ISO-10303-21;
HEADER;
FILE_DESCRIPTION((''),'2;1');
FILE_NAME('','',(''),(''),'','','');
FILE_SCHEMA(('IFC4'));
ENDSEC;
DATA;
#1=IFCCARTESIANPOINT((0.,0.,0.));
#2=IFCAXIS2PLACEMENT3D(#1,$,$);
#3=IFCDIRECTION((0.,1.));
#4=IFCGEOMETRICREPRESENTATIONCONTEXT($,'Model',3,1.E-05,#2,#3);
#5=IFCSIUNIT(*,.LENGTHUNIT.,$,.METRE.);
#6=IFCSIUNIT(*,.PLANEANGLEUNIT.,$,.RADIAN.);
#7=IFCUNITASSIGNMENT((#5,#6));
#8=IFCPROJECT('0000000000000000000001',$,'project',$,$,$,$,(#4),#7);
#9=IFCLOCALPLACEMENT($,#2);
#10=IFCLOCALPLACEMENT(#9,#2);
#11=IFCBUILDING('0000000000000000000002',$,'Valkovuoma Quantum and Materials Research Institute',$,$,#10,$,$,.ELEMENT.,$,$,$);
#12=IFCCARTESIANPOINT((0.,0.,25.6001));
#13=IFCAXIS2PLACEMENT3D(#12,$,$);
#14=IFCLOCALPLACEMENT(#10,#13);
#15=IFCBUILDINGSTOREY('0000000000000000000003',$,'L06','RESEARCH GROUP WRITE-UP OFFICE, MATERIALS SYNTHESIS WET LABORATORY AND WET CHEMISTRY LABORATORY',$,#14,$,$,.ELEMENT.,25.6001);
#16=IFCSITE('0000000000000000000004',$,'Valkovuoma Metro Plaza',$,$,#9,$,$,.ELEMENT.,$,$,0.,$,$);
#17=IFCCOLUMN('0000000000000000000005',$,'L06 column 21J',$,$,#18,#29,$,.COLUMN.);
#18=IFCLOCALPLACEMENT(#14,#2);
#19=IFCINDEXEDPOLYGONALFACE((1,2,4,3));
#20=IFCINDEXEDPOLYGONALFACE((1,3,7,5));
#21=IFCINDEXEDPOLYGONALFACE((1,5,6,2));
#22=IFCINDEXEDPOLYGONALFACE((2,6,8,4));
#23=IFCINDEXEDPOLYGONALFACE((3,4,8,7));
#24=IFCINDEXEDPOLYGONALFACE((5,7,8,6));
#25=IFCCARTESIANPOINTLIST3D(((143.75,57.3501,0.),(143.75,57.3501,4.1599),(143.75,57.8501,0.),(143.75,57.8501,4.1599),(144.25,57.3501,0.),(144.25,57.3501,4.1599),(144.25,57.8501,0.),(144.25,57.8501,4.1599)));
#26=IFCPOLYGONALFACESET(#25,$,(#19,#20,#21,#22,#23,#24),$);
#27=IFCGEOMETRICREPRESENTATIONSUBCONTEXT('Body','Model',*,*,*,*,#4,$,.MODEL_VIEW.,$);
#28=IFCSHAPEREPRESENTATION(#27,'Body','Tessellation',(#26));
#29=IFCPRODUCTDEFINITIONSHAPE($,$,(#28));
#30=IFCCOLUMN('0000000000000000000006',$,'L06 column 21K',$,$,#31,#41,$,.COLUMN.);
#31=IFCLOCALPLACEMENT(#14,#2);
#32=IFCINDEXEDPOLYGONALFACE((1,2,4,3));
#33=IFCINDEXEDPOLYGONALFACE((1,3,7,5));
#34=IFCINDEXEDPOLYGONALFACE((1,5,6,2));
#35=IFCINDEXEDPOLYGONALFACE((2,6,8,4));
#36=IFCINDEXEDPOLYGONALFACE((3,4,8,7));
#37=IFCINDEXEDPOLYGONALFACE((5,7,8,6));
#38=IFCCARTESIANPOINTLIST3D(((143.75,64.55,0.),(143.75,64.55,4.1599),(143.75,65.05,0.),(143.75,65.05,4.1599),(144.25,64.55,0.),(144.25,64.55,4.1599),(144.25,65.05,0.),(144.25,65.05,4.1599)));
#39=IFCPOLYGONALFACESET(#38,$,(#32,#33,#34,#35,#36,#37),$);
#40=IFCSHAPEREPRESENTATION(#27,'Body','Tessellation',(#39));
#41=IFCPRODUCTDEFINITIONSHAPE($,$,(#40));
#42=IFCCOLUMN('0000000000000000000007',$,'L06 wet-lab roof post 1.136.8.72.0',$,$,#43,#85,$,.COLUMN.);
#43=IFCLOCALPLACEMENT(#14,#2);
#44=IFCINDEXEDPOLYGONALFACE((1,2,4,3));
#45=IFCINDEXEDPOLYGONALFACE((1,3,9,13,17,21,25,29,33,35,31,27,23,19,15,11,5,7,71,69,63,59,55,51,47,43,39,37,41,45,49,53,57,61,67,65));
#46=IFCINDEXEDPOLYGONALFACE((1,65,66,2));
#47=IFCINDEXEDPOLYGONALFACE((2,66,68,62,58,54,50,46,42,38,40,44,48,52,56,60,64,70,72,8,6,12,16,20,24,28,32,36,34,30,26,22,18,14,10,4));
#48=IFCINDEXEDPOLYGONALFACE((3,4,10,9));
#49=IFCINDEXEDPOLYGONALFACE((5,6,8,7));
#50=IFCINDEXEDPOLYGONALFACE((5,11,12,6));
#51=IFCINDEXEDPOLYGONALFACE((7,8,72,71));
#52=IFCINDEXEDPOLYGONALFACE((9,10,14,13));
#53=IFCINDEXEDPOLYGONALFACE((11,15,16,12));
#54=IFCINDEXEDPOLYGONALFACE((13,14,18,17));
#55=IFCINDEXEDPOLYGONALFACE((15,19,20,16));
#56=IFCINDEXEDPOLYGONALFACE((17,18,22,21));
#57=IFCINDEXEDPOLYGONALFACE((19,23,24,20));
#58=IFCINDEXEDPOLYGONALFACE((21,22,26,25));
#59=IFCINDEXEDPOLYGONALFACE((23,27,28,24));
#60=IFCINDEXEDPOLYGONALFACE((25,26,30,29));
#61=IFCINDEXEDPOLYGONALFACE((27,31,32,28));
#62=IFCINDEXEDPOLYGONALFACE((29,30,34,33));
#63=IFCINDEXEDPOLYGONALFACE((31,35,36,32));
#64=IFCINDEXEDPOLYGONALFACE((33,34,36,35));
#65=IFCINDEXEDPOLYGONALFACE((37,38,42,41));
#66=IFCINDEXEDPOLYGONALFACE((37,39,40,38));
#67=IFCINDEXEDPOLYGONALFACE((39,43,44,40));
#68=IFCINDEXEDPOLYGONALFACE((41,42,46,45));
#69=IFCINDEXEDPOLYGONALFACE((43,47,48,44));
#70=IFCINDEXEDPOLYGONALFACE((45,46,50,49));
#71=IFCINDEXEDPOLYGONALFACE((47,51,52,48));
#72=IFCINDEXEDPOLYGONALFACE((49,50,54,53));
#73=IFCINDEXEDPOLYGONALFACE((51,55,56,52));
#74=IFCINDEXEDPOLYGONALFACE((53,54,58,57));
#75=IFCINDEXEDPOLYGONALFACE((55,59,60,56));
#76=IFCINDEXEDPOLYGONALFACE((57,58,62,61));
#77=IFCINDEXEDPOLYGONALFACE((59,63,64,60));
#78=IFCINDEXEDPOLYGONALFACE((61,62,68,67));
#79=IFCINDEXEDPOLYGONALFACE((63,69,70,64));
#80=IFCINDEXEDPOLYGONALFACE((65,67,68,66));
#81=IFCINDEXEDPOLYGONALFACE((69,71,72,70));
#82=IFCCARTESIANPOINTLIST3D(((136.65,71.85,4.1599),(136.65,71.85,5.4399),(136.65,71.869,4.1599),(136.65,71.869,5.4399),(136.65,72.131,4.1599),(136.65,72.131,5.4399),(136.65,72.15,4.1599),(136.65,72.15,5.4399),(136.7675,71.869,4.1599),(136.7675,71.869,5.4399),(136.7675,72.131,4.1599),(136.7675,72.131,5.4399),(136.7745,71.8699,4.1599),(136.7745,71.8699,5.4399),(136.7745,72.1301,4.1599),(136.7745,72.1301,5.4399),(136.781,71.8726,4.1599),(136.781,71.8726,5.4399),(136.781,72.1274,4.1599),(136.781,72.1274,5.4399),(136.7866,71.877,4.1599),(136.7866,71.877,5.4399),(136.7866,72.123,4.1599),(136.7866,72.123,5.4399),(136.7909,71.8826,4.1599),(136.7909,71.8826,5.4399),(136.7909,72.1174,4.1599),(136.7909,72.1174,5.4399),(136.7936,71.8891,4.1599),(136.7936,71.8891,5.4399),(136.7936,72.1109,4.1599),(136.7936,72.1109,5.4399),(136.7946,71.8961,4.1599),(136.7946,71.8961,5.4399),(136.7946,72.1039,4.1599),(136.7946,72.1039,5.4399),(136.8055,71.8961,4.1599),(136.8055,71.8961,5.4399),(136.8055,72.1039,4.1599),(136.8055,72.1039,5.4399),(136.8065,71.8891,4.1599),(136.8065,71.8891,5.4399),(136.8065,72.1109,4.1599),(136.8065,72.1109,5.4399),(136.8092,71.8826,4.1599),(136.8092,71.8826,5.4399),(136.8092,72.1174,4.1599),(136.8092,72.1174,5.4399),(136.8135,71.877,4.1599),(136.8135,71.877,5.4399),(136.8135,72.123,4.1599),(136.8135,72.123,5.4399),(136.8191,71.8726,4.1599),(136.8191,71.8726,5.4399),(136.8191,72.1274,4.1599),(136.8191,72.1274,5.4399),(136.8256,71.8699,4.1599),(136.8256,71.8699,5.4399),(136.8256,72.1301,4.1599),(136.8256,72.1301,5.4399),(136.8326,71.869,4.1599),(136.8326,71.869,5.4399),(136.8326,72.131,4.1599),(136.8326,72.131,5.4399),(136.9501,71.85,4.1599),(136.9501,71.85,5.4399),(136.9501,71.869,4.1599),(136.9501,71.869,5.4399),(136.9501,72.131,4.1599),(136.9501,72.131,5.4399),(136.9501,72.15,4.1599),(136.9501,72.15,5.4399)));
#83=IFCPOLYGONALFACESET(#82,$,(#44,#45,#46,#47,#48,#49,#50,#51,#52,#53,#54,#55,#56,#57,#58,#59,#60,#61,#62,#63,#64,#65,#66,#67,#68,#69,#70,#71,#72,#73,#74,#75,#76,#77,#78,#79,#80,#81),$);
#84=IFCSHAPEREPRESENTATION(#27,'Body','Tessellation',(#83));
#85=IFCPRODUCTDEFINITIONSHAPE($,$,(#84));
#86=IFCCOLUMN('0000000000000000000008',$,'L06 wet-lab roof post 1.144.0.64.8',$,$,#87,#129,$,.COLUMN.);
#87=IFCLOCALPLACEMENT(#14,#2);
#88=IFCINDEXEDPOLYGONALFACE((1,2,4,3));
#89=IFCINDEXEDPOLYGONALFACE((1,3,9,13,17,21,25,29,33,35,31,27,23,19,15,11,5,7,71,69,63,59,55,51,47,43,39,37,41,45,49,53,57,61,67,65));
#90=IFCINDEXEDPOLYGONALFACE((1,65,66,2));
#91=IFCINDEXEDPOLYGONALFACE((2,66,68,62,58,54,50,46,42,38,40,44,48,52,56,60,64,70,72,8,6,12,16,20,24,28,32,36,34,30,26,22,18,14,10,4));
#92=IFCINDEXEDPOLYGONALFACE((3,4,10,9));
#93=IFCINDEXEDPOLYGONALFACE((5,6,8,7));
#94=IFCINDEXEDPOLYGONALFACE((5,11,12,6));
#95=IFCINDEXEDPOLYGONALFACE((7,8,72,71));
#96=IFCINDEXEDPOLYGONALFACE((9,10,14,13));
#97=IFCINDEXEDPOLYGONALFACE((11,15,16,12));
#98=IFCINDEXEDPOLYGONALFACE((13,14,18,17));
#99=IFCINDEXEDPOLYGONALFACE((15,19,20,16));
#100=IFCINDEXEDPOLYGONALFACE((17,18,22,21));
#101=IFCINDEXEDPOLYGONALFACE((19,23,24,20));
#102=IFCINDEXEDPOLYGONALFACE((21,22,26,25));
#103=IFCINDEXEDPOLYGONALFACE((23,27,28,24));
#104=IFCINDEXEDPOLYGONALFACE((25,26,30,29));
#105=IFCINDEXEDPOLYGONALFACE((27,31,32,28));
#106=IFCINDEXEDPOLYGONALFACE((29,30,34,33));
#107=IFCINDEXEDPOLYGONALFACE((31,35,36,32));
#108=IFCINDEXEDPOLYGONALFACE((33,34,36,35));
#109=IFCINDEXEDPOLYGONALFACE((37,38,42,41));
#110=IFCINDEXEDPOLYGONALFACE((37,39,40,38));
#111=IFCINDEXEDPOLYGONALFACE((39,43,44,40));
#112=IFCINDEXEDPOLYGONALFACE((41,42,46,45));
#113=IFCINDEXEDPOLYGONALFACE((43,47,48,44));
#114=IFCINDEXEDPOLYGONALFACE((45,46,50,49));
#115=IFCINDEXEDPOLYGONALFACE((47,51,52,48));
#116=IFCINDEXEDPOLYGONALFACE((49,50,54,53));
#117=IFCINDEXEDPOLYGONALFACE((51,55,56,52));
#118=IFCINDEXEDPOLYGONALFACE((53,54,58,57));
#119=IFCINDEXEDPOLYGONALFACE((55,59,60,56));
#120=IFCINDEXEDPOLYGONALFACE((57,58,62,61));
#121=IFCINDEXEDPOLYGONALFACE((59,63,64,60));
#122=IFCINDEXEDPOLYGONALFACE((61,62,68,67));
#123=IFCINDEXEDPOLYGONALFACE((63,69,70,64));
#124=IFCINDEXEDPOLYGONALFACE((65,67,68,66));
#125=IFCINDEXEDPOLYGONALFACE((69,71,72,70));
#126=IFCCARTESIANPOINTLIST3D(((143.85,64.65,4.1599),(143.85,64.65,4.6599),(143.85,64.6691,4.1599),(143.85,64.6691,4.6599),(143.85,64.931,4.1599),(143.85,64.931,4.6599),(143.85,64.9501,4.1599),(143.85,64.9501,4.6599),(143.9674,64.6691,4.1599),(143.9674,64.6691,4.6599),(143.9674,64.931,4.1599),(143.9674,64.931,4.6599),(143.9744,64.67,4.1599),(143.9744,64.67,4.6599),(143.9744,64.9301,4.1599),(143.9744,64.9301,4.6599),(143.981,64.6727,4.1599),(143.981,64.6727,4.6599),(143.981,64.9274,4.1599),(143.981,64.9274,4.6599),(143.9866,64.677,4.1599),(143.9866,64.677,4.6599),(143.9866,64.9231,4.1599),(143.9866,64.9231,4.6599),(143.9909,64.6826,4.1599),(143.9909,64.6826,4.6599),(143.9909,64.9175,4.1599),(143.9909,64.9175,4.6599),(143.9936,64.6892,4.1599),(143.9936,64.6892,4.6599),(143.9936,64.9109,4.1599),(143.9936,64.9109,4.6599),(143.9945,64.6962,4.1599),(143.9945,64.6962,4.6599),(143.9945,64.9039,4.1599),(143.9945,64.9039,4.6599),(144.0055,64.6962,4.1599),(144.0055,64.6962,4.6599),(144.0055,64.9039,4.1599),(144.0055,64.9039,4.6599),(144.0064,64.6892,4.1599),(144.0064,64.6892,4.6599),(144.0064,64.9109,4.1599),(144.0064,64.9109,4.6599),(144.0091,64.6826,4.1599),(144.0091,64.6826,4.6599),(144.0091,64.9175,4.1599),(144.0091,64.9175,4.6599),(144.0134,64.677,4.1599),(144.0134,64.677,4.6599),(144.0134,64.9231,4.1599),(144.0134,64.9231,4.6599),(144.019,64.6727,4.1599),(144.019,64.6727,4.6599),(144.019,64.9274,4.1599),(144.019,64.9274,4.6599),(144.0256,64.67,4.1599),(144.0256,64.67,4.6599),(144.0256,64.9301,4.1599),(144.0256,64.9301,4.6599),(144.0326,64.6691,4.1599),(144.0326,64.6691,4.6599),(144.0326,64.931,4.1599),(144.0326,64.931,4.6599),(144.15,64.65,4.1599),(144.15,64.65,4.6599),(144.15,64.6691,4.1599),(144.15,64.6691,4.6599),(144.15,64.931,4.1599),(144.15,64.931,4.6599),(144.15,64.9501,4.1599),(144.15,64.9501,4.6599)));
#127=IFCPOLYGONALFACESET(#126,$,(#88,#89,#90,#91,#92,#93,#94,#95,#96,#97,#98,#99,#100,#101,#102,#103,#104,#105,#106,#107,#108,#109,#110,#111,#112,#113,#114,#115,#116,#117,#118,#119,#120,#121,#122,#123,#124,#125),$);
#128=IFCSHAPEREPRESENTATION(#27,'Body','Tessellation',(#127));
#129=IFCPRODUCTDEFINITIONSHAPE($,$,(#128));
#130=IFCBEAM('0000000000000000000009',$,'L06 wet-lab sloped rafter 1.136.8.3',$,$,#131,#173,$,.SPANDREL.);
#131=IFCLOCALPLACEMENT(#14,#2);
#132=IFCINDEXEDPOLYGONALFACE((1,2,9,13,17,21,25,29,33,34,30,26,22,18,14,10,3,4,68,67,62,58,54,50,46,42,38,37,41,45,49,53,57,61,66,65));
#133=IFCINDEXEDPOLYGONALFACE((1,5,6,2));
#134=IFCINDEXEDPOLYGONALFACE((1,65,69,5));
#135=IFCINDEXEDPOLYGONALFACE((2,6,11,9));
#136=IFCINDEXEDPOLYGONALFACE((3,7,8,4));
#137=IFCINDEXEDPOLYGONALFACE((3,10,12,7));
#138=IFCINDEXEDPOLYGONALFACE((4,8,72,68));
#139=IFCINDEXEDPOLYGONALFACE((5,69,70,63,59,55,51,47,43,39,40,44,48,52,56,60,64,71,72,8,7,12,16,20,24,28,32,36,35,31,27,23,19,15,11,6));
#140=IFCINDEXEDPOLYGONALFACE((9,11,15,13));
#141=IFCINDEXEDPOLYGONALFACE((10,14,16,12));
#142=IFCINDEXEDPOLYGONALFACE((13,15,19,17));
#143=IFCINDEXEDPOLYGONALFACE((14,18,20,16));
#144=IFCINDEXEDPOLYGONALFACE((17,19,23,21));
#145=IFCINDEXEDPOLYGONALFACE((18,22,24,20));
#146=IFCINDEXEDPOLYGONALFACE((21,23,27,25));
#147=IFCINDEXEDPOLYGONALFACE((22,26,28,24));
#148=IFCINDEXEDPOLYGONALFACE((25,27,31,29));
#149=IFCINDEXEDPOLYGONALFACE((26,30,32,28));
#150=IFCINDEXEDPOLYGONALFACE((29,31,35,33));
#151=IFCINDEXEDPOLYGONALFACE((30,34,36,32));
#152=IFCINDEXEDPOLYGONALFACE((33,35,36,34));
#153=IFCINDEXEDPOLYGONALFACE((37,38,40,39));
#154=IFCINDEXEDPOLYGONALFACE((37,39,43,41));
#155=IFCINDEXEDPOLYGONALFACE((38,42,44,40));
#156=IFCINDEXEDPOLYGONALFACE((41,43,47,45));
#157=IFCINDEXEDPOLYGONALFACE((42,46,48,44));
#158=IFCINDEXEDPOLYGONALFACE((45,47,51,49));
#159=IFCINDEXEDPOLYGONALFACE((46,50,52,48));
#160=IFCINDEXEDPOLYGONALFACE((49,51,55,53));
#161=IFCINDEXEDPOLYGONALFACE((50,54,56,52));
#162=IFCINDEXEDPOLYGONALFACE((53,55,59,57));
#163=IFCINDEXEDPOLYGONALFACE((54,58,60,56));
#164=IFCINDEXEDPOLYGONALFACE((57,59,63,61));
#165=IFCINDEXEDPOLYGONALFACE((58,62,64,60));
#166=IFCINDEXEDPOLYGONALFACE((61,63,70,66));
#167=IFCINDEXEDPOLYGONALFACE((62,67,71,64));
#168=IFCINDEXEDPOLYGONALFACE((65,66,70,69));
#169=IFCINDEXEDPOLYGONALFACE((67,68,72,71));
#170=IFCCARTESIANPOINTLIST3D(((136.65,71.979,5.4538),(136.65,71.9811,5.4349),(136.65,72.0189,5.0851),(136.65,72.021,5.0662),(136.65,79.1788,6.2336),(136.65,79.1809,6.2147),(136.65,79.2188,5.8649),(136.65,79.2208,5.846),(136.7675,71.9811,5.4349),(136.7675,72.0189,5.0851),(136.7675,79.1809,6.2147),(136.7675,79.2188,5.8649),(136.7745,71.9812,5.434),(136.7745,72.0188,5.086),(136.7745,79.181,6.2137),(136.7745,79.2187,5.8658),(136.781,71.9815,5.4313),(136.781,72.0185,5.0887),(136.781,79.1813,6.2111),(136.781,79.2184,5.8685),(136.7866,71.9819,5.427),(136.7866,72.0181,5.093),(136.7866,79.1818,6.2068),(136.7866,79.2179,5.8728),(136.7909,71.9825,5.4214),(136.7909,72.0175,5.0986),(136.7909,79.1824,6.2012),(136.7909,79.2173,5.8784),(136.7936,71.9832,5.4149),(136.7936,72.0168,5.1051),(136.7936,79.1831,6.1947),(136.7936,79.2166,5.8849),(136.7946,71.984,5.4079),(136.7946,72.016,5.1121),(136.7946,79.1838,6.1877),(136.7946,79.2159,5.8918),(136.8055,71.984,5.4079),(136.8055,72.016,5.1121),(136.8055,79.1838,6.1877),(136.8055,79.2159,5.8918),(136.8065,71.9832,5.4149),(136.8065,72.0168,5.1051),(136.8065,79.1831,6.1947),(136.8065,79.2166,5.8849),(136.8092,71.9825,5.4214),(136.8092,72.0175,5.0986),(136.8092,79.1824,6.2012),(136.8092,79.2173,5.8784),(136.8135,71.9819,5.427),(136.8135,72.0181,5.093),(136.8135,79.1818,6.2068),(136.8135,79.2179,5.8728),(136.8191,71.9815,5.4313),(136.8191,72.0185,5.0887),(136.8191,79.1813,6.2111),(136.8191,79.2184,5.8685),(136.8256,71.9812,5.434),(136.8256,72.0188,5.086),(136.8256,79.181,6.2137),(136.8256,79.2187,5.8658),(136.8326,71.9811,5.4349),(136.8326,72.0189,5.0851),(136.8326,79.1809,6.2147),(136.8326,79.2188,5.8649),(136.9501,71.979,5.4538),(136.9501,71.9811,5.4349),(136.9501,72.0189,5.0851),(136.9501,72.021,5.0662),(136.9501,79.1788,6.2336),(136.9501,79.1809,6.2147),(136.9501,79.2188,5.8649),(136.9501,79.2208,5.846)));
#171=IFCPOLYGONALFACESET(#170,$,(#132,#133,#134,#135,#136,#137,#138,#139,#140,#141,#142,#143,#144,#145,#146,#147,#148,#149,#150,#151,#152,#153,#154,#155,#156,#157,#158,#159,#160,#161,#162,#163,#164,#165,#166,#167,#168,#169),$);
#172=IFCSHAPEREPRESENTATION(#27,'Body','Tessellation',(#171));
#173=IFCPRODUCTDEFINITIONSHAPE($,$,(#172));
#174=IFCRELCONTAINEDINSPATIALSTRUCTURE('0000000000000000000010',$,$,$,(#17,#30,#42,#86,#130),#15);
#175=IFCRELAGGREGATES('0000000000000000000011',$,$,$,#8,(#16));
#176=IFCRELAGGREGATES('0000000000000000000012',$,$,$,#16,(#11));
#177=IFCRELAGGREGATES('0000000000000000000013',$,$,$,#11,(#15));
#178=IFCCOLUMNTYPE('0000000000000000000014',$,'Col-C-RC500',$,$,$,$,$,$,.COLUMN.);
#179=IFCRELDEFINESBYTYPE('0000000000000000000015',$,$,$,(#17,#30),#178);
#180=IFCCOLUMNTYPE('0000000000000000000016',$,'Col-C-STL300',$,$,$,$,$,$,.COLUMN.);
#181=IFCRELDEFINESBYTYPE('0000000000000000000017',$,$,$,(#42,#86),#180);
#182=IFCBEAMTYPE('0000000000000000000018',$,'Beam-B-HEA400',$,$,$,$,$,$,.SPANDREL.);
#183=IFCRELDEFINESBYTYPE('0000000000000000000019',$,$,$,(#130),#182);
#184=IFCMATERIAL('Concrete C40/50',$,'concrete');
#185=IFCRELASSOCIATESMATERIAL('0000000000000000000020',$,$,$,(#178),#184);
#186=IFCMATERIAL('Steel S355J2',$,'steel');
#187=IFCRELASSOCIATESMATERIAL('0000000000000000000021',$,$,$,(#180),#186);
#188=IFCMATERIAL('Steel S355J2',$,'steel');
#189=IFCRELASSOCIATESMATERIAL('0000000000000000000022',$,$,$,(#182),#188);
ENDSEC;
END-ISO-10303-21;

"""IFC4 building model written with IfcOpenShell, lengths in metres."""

from ifc_helpers import new_model, si_unit, direction, frame, origin, origin_2d, place, context, subcontext, project, spatial, rectangle, i_section, extrude, material, material_profile, profile_set, type_object, element, save


model = new_model("IFC4")

# Units and contexts
model_context = context("Model", 3, precision=1e-05, world=origin(), true_north=direction((0.0, 1.0)))
body_context = subcontext(model_context, "Body", "Model", "MODEL_VIEW")
ifc_project = project(units=[si_unit("LENGTHUNIT", "METRE"), si_unit("PLANEANGLEUNIT", "RADIAN")], contexts=[model_context])

# Site, building, storey
site_placement = place(None, origin())
site = spatial("IfcSite", under=ifc_project, at=site_placement, Name="Valkovuoma Metro Plaza", CompositionType="ELEMENT", RefElevation=0.0)
building_placement = place(site_placement, origin())
building = spatial("IfcBuilding", under=site, at=building_placement, Name="Valkovuoma Quantum and Materials Research Institute", CompositionType="ELEMENT")
storey_placement = place(building_placement, frame((0.0, 0.0, 25.6001)))
storey = spatial("IfcBuildingStorey", under=building, at=storey_placement, Name="L06", Description="RESEARCH GROUP WRITE-UP OFFICE, MATERIALS SYNTHESIS WET LABORATORY AND WET CHEMISTRY LABORATORY", CompositionType="ELEMENT", Elevation=25.6001)

# Columns
ifc_material_1 = material(Name="Concrete C40/50", Category="concrete")
ifc_material_profile_1 = material_profile(ifc_material_1, rectangle(XDim=0.5, YDim=0.5, at=origin_2d()), Name="Concrete C40/50")
ifc_profile_set_1 = profile_set([ifc_material_profile_1], Name="Concrete C40/50")
column_type_1 = type_object("IfcColumnType", Name="Col-C-RC500", PredefinedType="COLUMN", material=ifc_profile_set_1)
for number, where, z_axis, x_axis, name in (
    (1, (144.0, 57.6001, 0.0), (0.0, 0.0, 1.0), (1.0, 0.0, 0.0), "L06 column 21J"),
    (2, (144.0, 64.8, 0.0), (0.0, 0.0, 1.0), (1.0, 0.0, 0.0), "L06 column 21K"),
):
    element("IfcColumn", number, at=place(storey_placement, frame(where, z_axis=z_axis, x_axis=x_axis)), inside=storey, type_object=column_type_1, Name=name, PredefinedType="COLUMN", context=body_context, shape_type="SweptSolid", body=[
        extrude(rectangle(XDim=0.5, YDim=0.5, at=origin_2d()), origin(), (0.0, 0.0, 1.0), 4.1599),
    ])
ifc_material_2 = material(Name="Steel S355J2", Category="steel")
ifc_material_profile_2 = material_profile(ifc_material_2, i_section(OverallWidth=0.3, OverallDepth=0.3, WebThickness=0.011, FlangeThickness=0.019, FilletRadius=0.0271, at=origin_2d()), Name="Steel S355J2")
ifc_profile_set_2 = profile_set([ifc_material_profile_2], Name="Steel S355J2")
column_type_2 = type_object("IfcColumnType", Name="Col-C-STL300", PredefinedType="COLUMN", material=ifc_profile_set_2)
column_1_placement = place(storey_placement, frame((136.8, 72.0, 4.1599), z_axis=(0.0, 0.0, 1.0), x_axis=(1.0, 0.0, 0.0)))
element("IfcColumn", 3, at=column_1_placement, inside=storey, type_object=column_type_2, Name="L06 wet-lab roof post 1.136.8.72.0", PredefinedType="COLUMN", context=body_context, shape_type="SweptSolid", body=[
    extrude(i_section(OverallWidth=0.3, OverallDepth=0.3, WebThickness=0.011, FlangeThickness=0.019, FilletRadius=0.0271, at=origin_2d()), origin(), (0.0, 0.0, 1.0), 1.28),
])
column_2_placement = place(storey_placement, frame((144.0, 64.8, 4.1599), z_axis=(0.0, 0.0, 1.0), x_axis=(1.0, 0.0, 0.0)))
element("IfcColumn", 4, at=column_2_placement, inside=storey, type_object=column_type_2, Name="L06 wet-lab roof post 1.144.0.64.8", PredefinedType="COLUMN", context=body_context, shape_type="SweptSolid", body=[
    extrude(i_section(OverallWidth=0.3, OverallDepth=0.3, WebThickness=0.011, FlangeThickness=0.019, FilletRadius=0.0271, at=origin_2d()), origin(), (0.0, 0.0, 1.0), 0.5),
])

# Beam
ifc_material_3 = material(Name="Steel S355J2", Category="steel")
ifc_material_profile_3 = material_profile(ifc_material_3, i_section(OverallWidth=0.3, OverallDepth=0.3899, WebThickness=0.011, FlangeThickness=0.019, FilletRadius=0.0271, at=origin_2d()), Name="Steel S355J2")
ifc_profile_set_3 = profile_set([ifc_material_profile_3], Name="Steel S355J2")
beam_type_1 = type_object("IfcBeamType", Name="Beam-B-HEA400", PredefinedType="SPANDREL", material=ifc_profile_set_3)
beam_placement = place(storey_placement, frame((136.8, 72.0, 5.26), z_axis=(0.0, 0.994186, 0.107675), x_axis=(-1.0, 0.0, 0.0)))
element("IfcBeam", 5, at=beam_placement, inside=storey, type_object=beam_type_1, Name="L06 wet-lab sloped rafter 1.136.8.3", PredefinedType="SPANDREL", context=body_context, shape_type="SweptSolid", body=[
    extrude(i_section(OverallWidth=0.3, OverallDepth=0.3899, WebThickness=0.011, FlangeThickness=0.019, FilletRadius=0.0271, at=origin_2d()), origin(), (0.0, 0.0, 1.0), 7.2419),
])

save(model, "model.ifc")
